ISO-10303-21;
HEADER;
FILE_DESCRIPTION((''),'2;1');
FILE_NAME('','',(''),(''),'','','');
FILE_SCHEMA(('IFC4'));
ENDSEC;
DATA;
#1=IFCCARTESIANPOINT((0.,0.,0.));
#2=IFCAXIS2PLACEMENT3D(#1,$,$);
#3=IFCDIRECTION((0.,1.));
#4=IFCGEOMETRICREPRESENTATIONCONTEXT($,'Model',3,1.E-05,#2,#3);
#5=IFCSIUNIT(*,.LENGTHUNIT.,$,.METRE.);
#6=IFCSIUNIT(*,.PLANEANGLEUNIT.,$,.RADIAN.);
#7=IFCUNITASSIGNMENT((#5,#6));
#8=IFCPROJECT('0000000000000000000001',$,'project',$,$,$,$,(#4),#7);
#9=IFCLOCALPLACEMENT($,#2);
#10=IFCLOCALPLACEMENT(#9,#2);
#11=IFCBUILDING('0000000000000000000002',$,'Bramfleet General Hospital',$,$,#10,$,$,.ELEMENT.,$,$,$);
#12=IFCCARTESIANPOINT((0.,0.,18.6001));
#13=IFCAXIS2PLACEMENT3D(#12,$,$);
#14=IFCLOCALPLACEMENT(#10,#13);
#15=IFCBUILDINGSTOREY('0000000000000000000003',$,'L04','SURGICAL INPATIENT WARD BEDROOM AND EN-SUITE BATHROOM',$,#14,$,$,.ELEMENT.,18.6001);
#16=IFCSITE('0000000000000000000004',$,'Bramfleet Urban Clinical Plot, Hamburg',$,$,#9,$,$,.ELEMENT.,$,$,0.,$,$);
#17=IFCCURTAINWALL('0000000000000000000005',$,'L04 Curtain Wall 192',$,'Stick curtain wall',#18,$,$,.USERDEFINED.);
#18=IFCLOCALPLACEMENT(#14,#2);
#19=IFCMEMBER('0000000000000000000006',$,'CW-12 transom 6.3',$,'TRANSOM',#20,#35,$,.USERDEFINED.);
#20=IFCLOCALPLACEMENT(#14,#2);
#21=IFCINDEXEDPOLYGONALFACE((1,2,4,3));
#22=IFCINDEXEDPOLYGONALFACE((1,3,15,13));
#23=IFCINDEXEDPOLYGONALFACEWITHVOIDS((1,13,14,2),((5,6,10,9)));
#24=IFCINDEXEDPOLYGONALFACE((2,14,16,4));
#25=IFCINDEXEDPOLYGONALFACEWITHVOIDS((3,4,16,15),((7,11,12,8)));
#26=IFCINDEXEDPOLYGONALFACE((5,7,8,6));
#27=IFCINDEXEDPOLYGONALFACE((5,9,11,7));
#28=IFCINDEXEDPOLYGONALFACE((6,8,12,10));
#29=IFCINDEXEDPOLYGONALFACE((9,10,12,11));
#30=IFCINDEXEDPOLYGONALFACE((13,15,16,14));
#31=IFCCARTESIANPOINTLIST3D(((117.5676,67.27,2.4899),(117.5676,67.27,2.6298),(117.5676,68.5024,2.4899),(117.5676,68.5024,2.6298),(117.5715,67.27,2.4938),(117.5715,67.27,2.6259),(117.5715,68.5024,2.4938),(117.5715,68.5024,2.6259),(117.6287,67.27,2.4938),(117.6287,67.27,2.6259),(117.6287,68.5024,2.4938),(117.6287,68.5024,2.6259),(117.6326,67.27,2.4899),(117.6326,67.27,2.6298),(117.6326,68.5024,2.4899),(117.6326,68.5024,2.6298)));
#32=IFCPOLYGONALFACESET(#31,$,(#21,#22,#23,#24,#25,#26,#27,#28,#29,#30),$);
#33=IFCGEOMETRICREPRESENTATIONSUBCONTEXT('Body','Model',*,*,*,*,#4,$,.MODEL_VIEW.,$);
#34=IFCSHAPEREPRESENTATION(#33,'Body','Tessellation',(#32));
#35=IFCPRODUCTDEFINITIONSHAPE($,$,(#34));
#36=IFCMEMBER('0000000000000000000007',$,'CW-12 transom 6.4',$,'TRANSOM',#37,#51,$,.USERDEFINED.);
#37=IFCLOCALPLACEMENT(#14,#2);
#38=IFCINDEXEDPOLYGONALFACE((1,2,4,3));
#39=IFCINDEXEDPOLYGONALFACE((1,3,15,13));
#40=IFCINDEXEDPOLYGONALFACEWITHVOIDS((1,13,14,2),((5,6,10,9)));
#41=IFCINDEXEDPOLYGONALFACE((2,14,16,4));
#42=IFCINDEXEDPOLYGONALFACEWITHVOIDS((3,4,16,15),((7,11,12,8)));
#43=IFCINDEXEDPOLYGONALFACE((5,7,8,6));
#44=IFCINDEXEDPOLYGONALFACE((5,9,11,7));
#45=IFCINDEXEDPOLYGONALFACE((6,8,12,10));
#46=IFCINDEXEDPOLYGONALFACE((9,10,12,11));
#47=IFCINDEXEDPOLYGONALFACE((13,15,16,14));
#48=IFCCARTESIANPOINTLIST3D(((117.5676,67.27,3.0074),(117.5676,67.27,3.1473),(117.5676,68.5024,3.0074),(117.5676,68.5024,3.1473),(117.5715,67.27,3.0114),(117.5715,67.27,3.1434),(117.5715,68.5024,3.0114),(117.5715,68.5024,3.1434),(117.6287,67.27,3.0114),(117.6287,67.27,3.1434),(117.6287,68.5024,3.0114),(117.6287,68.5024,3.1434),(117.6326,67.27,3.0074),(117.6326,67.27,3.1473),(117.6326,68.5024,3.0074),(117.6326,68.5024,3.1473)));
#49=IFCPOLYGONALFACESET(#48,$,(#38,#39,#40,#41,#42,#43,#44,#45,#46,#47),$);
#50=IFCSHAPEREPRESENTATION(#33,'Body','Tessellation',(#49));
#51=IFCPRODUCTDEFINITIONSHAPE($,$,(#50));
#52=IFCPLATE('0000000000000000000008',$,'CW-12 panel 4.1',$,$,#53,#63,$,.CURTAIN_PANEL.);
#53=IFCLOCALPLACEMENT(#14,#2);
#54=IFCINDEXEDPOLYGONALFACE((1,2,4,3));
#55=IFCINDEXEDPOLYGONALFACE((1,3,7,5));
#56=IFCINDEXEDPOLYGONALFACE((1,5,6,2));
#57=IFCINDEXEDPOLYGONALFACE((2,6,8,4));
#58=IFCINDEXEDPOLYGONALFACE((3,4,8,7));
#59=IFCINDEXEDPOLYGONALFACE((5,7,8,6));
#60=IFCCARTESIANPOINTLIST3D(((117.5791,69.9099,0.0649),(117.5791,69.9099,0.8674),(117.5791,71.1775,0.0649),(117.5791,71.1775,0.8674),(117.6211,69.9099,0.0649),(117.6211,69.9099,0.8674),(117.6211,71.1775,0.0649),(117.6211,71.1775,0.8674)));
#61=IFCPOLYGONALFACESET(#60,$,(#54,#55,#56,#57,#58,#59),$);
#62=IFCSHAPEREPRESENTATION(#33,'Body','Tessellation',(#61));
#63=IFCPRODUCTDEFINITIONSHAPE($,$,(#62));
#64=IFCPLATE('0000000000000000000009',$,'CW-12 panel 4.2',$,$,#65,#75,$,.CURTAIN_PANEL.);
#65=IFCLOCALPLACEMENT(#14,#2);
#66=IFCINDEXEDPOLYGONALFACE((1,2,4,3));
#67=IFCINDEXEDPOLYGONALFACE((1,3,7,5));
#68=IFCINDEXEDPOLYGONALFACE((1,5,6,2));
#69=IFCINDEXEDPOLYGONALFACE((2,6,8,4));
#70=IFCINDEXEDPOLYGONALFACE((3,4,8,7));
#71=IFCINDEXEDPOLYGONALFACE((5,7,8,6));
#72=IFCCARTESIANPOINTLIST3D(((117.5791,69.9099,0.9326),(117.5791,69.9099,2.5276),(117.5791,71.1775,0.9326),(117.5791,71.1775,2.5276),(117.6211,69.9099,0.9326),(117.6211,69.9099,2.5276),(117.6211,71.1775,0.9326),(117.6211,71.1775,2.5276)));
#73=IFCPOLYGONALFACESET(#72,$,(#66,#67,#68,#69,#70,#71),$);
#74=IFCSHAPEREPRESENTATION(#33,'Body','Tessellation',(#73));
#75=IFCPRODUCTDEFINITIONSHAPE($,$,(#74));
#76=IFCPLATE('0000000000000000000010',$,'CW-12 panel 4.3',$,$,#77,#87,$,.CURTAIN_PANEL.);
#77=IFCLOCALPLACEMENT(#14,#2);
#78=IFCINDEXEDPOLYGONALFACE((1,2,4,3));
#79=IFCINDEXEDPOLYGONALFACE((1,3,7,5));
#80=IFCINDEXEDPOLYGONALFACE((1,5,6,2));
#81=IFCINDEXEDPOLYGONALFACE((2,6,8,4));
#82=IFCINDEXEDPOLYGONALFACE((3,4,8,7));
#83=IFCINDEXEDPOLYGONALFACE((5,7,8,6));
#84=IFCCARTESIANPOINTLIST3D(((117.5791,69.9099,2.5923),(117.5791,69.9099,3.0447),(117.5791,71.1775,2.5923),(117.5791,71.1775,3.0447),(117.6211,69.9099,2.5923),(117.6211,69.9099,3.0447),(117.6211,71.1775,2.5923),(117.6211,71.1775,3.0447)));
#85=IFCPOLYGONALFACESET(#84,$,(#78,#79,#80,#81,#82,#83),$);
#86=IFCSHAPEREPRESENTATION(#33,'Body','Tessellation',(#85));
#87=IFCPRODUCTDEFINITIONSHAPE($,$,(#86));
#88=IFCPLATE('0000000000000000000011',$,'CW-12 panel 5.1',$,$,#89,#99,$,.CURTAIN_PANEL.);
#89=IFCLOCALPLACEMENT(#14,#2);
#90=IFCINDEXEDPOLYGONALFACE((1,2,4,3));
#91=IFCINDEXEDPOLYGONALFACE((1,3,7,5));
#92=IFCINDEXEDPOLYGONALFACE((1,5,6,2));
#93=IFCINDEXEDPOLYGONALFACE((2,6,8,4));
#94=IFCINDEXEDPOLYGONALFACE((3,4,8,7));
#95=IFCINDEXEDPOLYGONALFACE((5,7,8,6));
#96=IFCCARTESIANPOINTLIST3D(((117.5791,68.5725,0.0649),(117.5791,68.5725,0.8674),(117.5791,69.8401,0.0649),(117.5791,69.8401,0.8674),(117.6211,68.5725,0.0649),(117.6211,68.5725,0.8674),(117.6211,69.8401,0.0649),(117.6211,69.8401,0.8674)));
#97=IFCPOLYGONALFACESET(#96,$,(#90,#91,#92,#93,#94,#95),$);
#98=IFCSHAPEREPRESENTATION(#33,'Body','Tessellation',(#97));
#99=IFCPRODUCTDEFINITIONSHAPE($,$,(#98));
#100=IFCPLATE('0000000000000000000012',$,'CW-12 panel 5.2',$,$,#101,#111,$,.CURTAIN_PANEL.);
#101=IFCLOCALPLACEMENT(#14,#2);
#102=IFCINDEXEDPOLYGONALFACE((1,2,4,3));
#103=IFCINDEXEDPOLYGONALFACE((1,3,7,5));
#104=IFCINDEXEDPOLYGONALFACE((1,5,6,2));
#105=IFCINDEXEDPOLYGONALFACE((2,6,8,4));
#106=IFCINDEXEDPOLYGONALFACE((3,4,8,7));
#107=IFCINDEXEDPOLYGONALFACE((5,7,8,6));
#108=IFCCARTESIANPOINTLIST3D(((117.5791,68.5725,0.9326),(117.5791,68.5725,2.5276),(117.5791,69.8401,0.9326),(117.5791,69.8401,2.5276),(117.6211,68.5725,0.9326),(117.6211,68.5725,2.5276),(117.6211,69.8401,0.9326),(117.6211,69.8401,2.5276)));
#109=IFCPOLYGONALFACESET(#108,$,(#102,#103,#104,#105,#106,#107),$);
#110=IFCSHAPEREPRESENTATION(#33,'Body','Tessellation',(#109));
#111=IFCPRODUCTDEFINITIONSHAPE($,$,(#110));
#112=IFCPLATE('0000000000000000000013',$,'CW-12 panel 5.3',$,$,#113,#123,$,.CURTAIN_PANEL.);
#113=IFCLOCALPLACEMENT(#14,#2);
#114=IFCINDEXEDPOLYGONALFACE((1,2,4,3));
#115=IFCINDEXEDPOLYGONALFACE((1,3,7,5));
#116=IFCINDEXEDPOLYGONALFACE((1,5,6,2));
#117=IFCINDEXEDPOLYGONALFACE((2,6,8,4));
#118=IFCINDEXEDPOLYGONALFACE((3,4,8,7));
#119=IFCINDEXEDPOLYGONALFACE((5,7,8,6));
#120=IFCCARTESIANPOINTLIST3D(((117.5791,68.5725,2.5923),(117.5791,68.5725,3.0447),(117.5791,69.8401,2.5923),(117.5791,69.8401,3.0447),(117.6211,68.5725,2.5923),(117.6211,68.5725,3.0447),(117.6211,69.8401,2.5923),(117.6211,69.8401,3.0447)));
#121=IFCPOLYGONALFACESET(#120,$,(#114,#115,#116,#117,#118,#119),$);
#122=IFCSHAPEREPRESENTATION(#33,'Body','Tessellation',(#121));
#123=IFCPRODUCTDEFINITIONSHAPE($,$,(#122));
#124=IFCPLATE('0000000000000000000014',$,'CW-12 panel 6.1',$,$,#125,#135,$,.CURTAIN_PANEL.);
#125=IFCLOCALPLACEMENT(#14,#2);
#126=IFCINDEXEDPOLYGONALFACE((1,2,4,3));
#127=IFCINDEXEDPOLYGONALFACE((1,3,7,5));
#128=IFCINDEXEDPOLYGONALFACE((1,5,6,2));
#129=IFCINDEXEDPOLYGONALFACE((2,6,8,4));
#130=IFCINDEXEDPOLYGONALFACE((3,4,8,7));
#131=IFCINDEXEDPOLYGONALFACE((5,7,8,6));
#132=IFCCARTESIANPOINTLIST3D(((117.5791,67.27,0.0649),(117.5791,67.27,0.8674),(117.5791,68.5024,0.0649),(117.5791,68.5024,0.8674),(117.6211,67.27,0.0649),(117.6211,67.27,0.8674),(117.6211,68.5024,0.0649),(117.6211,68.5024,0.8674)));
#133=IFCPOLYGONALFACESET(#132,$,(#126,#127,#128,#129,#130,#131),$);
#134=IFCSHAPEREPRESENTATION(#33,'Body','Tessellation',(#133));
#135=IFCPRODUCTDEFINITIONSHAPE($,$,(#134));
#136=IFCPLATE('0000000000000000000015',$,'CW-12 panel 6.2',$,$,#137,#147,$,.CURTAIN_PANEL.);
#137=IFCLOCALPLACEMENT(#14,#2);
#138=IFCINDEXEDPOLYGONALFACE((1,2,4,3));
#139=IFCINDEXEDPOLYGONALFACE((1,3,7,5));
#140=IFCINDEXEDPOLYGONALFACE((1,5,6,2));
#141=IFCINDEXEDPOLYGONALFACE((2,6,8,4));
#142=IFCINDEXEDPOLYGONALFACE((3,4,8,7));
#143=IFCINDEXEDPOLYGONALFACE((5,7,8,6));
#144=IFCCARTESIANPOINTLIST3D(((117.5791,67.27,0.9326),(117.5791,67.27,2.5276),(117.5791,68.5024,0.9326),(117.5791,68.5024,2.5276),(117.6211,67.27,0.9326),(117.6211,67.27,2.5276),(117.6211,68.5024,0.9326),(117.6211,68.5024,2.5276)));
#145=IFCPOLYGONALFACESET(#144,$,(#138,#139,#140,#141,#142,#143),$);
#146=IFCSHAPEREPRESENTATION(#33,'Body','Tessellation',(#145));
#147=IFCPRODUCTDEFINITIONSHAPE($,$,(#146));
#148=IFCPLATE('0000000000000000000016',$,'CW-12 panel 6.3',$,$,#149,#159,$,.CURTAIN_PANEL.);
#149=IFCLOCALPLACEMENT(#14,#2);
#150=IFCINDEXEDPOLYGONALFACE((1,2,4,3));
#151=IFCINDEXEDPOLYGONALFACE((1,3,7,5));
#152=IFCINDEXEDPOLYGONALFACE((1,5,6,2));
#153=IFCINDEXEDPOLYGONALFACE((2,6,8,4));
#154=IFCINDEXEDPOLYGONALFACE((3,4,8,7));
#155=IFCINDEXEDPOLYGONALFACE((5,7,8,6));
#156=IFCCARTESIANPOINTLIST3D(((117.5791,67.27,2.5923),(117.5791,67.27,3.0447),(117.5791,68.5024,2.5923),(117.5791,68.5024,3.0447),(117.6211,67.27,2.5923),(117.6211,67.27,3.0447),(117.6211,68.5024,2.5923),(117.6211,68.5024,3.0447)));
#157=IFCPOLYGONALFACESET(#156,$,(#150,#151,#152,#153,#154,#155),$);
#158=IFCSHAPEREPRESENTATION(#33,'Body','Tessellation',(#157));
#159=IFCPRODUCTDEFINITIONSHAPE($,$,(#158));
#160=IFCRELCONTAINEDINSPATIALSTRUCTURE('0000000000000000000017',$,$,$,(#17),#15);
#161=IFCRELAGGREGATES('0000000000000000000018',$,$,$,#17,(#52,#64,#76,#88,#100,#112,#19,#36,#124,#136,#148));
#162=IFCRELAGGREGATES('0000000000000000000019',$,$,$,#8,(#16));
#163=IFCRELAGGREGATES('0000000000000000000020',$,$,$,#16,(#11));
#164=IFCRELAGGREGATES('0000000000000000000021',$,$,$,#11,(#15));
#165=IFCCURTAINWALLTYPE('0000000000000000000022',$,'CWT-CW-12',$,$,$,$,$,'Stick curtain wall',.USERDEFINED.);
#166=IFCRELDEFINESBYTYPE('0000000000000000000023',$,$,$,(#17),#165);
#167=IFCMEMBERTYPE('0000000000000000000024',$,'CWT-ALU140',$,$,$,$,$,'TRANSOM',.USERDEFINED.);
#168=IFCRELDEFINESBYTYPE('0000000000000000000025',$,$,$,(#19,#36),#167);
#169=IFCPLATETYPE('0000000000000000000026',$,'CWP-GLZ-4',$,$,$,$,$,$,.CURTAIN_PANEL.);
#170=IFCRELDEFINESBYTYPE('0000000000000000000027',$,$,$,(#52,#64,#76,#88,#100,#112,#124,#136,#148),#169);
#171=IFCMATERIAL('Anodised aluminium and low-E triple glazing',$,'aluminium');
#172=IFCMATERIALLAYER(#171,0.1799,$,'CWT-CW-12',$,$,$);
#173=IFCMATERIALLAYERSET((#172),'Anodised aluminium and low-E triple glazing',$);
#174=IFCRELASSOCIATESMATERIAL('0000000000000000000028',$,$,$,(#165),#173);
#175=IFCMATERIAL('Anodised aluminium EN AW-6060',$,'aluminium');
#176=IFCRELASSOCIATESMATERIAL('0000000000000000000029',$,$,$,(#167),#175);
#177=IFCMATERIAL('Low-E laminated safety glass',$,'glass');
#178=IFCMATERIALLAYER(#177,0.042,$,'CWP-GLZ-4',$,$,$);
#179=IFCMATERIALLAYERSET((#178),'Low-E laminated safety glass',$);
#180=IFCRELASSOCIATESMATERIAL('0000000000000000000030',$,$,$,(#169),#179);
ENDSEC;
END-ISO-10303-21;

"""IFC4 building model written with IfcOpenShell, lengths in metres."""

from ifc_helpers import new_model, si_unit, direction, frame, origin, origin_2d, place, context, subcontext, project, spatial, rectangle, hollow_rectangle, extrude, material, layer, layer_set, material_profile, profile_set, type_object, element, aggregate, save


model = new_model("IFC4")

# Units and contexts
model_context = context("Model", 3, precision=1e-05, world=origin(), true_north=direction((0.0, 1.0)))
body_context = subcontext(model_context, "Body", "Model", "MODEL_VIEW")
ifc_project = project(units=[si_unit("LENGTHUNIT", "METRE"), si_unit("PLANEANGLEUNIT", "RADIAN")], contexts=[model_context])

# Site, building, storey
site_placement = place(None, origin())
site = spatial("IfcSite", under=ifc_project, at=site_placement, Name="Bramfleet Urban Clinical Plot, Hamburg", CompositionType="ELEMENT", RefElevation=0.0)
building_placement = place(site_placement, origin())
building = spatial("IfcBuilding", under=site, at=building_placement, Name="Bramfleet General Hospital", CompositionType="ELEMENT")
storey_placement = place(building_placement, frame((0.0, 0.0, 18.6001)))
storey = spatial("IfcBuildingStorey", under=building, at=storey_placement, Name="L04", Description="SURGICAL INPATIENT WARD BEDROOM AND EN-SUITE BATHROOM", CompositionType="ELEMENT", Elevation=18.6001)

# Curtain wall, members, plates
ifc_material_1 = material(Name="Anodised aluminium and low-E triple glazing", Category="aluminium")
ifc_layer_1 = layer(ifc_material_1, 0.1799, Name="CWT-CW-12")
ifc_layer_set_1 = layer_set([ifc_layer_1], Name="Anodised aluminium and low-E triple glazing")
curtain_wall_type = type_object("IfcCurtainWallType", Name="CWT-CW-12", ElementType="Stick curtain wall", PredefinedType="USERDEFINED", material=ifc_layer_set_1)
curtain_wall_placement = place(storey_placement, origin())
curtain_wall = element("IfcCurtainWall", 1, at=curtain_wall_placement, inside=storey, type_object=curtain_wall_type, Name="L04 Curtain Wall 192", ObjectType="Stick curtain wall", PredefinedType="USERDEFINED")
ifc_material_2 = material(Name="Anodised aluminium EN AW-6060", Category="aluminium")
ifc_material_profile_1 = material_profile(ifc_material_2, hollow_rectangle(XDim=0.0649, YDim=0.1399, WallThickness=0.0039, at=origin_2d()), Name="ALU 140x65x4.0")
ifc_profile_set_1 = profile_set([ifc_material_profile_1], Name="Anodised aluminium EN AW-6060")
member_type_1 = type_object("IfcMemberType", Name="CWT-ALU140", ElementType="TRANSOM", PredefinedType="USERDEFINED", material=ifc_profile_set_1)
member_1_placement = place(storey_placement, frame((117.6001, 68.5024, 2.5598), z_axis=(0.0, -1.0, 0.0), x_axis=(1.0, 0.0, 0.0)))
member_1 = element("IfcMember", 2, at=member_1_placement, type_object=member_type_1, Name="CW-12 transom 6.3", ObjectType="TRANSOM", PredefinedType="USERDEFINED", context=body_context, shape_type="SweptSolid", body=[
    extrude(hollow_rectangle(XDim=0.0649, YDim=0.1399, WallThickness=0.0039, at=origin_2d()), origin(), (0.0, 0.0, 1.0), 1.2324),
])
member_2_placement = place(storey_placement, frame((117.6001, 68.5024, 3.0774), z_axis=(0.0, -1.0, 0.0), x_axis=(1.0, 0.0, 0.0)))
member_2 = element("IfcMember", 3, at=member_2_placement, type_object=member_type_1, Name="CW-12 transom 6.4", ObjectType="TRANSOM", PredefinedType="USERDEFINED", context=body_context, shape_type="SweptSolid", body=[
    extrude(hollow_rectangle(XDim=0.0649, YDim=0.1399, WallThickness=0.0039, at=origin_2d()), origin(), (0.0, 0.0, 1.0), 1.2324),
])
ifc_material_3 = material(Name="Low-E laminated safety glass", Category="glass")
ifc_layer_2 = layer(ifc_material_3, 0.042, Name="CWP-GLZ-4")
ifc_layer_set_2 = layer_set([ifc_layer_2], Name="Low-E laminated safety glass")
plate_type = type_object("IfcPlateType", Name="CWP-GLZ-4", PredefinedType="CURTAIN_PANEL", material=ifc_layer_set_2)
plate_1_placement = place(storey_placement, frame((117.6001, 70.5437, 0.0649), z_axis=(0.0, 0.0, 1.0), x_axis=(0.0, -1.0, 0.0)))
plate_1 = element("IfcPlate", 4, at=plate_1_placement, type_object=plate_type, Name="CW-12 panel 4.1", PredefinedType="CURTAIN_PANEL", context=body_context, shape_type="SweptSolid", body=[
    extrude(rectangle(XDim=1.2676, YDim=0.042, at=origin_2d()), origin(), (0.0, 0.0, 1.0), 0.8025),
])
plate_2_placement = place(storey_placement, frame((117.6001, 70.5437, 0.9326), z_axis=(0.0, 0.0, 1.0), x_axis=(0.0, -1.0, 0.0)))
plate_2 = element("IfcPlate", 5, at=plate_2_placement, type_object=plate_type, Name="CW-12 panel 4.2", PredefinedType="CURTAIN_PANEL", context=body_context, shape_type="SweptSolid", body=[
    extrude(rectangle(XDim=1.2676, YDim=0.042, at=origin_2d()), origin(), (0.0, 0.0, 1.0), 1.595),
])
plate_3_placement = place(storey_placement, frame((117.6001, 70.5437, 2.5923), z_axis=(0.0, 0.0, 1.0), x_axis=(0.0, -1.0, 0.0)))
plate_3 = element("IfcPlate", 6, at=plate_3_placement, type_object=plate_type, Name="CW-12 panel 4.3", PredefinedType="CURTAIN_PANEL", context=body_context, shape_type="SweptSolid", body=[
    extrude(rectangle(XDim=1.2676, YDim=0.042, at=origin_2d()), origin(), (0.0, 0.0, 1.0), 0.4524),
])
plate_4_placement = place(storey_placement, frame((117.6001, 69.2063, 0.0649), z_axis=(0.0, 0.0, 1.0), x_axis=(0.0, -1.0, 0.0)))
plate_4 = element("IfcPlate", 7, at=plate_4_placement, type_object=plate_type, Name="CW-12 panel 5.1", PredefinedType="CURTAIN_PANEL", context=body_context, shape_type="SweptSolid", body=[
    extrude(rectangle(XDim=1.2676, YDim=0.042, at=origin_2d()), origin(), (0.0, 0.0, 1.0), 0.8025),
])
plate_5_placement = place(storey_placement, frame((117.6001, 69.2063, 0.9326), z_axis=(0.0, 0.0, 1.0), x_axis=(0.0, -1.0, 0.0)))
plate_5 = element("IfcPlate", 8, at=plate_5_placement, type_object=plate_type, Name="CW-12 panel 5.2", PredefinedType="CURTAIN_PANEL", context=body_context, shape_type="SweptSolid", body=[
    extrude(rectangle(XDim=1.2676, YDim=0.042, at=origin_2d()), origin(), (0.0, 0.0, 1.0), 1.595),
])
plate_6_placement = place(storey_placement, frame((117.6001, 69.2063, 2.5923), z_axis=(0.0, 0.0, 1.0), x_axis=(0.0, -1.0, 0.0)))
plate_6 = element("IfcPlate", 9, at=plate_6_placement, type_object=plate_type, Name="CW-12 panel 5.3", PredefinedType="CURTAIN_PANEL", context=body_context, shape_type="SweptSolid", body=[
    extrude(rectangle(XDim=1.2676, YDim=0.042, at=origin_2d()), origin(), (0.0, 0.0, 1.0), 0.4524),
])
plate_7_placement = place(storey_placement, frame((117.6001, 67.8862, 0.0649), z_axis=(0.0, 0.0, 1.0), x_axis=(0.0, -1.0, 0.0)))
plate_7 = element("IfcPlate", 10, at=plate_7_placement, type_object=plate_type, Name="CW-12 panel 6.1", PredefinedType="CURTAIN_PANEL", context=body_context, shape_type="SweptSolid", body=[
    extrude(rectangle(XDim=1.2324, YDim=0.042, at=origin_2d()), origin(), (0.0, 0.0, 1.0), 0.8025),
])
plate_8_placement = place(storey_placement, frame((117.6001, 67.8862, 0.9326), z_axis=(0.0, 0.0, 1.0), x_axis=(0.0, -1.0, 0.0)))
plate_8 = element("IfcPlate", 11, at=plate_8_placement, type_object=plate_type, Name="CW-12 panel 6.2", PredefinedType="CURTAIN_PANEL", context=body_context, shape_type="SweptSolid", body=[
    extrude(rectangle(XDim=1.2324, YDim=0.042, at=origin_2d()), origin(), (0.0, 0.0, 1.0), 1.595),
])
plate_9_placement = place(storey_placement, frame((117.6001, 67.8862, 2.5923), z_axis=(0.0, 0.0, 1.0), x_axis=(0.0, -1.0, 0.0)))
plate_9 = element("IfcPlate", 12, at=plate_9_placement, type_object=plate_type, Name="CW-12 panel 6.3", PredefinedType="CURTAIN_PANEL", context=body_context, shape_type="SweptSolid", body=[
    extrude(rectangle(XDim=1.2324, YDim=0.042, at=origin_2d()), origin(), (0.0, 0.0, 1.0), 0.4524),
])
aggregate(curtain_wall, [plate_1, plate_2, plate_3, plate_4, plate_5, plate_6, member_1, member_2, plate_7, plate_8, plate_9])

save(model, "model.ifc")
